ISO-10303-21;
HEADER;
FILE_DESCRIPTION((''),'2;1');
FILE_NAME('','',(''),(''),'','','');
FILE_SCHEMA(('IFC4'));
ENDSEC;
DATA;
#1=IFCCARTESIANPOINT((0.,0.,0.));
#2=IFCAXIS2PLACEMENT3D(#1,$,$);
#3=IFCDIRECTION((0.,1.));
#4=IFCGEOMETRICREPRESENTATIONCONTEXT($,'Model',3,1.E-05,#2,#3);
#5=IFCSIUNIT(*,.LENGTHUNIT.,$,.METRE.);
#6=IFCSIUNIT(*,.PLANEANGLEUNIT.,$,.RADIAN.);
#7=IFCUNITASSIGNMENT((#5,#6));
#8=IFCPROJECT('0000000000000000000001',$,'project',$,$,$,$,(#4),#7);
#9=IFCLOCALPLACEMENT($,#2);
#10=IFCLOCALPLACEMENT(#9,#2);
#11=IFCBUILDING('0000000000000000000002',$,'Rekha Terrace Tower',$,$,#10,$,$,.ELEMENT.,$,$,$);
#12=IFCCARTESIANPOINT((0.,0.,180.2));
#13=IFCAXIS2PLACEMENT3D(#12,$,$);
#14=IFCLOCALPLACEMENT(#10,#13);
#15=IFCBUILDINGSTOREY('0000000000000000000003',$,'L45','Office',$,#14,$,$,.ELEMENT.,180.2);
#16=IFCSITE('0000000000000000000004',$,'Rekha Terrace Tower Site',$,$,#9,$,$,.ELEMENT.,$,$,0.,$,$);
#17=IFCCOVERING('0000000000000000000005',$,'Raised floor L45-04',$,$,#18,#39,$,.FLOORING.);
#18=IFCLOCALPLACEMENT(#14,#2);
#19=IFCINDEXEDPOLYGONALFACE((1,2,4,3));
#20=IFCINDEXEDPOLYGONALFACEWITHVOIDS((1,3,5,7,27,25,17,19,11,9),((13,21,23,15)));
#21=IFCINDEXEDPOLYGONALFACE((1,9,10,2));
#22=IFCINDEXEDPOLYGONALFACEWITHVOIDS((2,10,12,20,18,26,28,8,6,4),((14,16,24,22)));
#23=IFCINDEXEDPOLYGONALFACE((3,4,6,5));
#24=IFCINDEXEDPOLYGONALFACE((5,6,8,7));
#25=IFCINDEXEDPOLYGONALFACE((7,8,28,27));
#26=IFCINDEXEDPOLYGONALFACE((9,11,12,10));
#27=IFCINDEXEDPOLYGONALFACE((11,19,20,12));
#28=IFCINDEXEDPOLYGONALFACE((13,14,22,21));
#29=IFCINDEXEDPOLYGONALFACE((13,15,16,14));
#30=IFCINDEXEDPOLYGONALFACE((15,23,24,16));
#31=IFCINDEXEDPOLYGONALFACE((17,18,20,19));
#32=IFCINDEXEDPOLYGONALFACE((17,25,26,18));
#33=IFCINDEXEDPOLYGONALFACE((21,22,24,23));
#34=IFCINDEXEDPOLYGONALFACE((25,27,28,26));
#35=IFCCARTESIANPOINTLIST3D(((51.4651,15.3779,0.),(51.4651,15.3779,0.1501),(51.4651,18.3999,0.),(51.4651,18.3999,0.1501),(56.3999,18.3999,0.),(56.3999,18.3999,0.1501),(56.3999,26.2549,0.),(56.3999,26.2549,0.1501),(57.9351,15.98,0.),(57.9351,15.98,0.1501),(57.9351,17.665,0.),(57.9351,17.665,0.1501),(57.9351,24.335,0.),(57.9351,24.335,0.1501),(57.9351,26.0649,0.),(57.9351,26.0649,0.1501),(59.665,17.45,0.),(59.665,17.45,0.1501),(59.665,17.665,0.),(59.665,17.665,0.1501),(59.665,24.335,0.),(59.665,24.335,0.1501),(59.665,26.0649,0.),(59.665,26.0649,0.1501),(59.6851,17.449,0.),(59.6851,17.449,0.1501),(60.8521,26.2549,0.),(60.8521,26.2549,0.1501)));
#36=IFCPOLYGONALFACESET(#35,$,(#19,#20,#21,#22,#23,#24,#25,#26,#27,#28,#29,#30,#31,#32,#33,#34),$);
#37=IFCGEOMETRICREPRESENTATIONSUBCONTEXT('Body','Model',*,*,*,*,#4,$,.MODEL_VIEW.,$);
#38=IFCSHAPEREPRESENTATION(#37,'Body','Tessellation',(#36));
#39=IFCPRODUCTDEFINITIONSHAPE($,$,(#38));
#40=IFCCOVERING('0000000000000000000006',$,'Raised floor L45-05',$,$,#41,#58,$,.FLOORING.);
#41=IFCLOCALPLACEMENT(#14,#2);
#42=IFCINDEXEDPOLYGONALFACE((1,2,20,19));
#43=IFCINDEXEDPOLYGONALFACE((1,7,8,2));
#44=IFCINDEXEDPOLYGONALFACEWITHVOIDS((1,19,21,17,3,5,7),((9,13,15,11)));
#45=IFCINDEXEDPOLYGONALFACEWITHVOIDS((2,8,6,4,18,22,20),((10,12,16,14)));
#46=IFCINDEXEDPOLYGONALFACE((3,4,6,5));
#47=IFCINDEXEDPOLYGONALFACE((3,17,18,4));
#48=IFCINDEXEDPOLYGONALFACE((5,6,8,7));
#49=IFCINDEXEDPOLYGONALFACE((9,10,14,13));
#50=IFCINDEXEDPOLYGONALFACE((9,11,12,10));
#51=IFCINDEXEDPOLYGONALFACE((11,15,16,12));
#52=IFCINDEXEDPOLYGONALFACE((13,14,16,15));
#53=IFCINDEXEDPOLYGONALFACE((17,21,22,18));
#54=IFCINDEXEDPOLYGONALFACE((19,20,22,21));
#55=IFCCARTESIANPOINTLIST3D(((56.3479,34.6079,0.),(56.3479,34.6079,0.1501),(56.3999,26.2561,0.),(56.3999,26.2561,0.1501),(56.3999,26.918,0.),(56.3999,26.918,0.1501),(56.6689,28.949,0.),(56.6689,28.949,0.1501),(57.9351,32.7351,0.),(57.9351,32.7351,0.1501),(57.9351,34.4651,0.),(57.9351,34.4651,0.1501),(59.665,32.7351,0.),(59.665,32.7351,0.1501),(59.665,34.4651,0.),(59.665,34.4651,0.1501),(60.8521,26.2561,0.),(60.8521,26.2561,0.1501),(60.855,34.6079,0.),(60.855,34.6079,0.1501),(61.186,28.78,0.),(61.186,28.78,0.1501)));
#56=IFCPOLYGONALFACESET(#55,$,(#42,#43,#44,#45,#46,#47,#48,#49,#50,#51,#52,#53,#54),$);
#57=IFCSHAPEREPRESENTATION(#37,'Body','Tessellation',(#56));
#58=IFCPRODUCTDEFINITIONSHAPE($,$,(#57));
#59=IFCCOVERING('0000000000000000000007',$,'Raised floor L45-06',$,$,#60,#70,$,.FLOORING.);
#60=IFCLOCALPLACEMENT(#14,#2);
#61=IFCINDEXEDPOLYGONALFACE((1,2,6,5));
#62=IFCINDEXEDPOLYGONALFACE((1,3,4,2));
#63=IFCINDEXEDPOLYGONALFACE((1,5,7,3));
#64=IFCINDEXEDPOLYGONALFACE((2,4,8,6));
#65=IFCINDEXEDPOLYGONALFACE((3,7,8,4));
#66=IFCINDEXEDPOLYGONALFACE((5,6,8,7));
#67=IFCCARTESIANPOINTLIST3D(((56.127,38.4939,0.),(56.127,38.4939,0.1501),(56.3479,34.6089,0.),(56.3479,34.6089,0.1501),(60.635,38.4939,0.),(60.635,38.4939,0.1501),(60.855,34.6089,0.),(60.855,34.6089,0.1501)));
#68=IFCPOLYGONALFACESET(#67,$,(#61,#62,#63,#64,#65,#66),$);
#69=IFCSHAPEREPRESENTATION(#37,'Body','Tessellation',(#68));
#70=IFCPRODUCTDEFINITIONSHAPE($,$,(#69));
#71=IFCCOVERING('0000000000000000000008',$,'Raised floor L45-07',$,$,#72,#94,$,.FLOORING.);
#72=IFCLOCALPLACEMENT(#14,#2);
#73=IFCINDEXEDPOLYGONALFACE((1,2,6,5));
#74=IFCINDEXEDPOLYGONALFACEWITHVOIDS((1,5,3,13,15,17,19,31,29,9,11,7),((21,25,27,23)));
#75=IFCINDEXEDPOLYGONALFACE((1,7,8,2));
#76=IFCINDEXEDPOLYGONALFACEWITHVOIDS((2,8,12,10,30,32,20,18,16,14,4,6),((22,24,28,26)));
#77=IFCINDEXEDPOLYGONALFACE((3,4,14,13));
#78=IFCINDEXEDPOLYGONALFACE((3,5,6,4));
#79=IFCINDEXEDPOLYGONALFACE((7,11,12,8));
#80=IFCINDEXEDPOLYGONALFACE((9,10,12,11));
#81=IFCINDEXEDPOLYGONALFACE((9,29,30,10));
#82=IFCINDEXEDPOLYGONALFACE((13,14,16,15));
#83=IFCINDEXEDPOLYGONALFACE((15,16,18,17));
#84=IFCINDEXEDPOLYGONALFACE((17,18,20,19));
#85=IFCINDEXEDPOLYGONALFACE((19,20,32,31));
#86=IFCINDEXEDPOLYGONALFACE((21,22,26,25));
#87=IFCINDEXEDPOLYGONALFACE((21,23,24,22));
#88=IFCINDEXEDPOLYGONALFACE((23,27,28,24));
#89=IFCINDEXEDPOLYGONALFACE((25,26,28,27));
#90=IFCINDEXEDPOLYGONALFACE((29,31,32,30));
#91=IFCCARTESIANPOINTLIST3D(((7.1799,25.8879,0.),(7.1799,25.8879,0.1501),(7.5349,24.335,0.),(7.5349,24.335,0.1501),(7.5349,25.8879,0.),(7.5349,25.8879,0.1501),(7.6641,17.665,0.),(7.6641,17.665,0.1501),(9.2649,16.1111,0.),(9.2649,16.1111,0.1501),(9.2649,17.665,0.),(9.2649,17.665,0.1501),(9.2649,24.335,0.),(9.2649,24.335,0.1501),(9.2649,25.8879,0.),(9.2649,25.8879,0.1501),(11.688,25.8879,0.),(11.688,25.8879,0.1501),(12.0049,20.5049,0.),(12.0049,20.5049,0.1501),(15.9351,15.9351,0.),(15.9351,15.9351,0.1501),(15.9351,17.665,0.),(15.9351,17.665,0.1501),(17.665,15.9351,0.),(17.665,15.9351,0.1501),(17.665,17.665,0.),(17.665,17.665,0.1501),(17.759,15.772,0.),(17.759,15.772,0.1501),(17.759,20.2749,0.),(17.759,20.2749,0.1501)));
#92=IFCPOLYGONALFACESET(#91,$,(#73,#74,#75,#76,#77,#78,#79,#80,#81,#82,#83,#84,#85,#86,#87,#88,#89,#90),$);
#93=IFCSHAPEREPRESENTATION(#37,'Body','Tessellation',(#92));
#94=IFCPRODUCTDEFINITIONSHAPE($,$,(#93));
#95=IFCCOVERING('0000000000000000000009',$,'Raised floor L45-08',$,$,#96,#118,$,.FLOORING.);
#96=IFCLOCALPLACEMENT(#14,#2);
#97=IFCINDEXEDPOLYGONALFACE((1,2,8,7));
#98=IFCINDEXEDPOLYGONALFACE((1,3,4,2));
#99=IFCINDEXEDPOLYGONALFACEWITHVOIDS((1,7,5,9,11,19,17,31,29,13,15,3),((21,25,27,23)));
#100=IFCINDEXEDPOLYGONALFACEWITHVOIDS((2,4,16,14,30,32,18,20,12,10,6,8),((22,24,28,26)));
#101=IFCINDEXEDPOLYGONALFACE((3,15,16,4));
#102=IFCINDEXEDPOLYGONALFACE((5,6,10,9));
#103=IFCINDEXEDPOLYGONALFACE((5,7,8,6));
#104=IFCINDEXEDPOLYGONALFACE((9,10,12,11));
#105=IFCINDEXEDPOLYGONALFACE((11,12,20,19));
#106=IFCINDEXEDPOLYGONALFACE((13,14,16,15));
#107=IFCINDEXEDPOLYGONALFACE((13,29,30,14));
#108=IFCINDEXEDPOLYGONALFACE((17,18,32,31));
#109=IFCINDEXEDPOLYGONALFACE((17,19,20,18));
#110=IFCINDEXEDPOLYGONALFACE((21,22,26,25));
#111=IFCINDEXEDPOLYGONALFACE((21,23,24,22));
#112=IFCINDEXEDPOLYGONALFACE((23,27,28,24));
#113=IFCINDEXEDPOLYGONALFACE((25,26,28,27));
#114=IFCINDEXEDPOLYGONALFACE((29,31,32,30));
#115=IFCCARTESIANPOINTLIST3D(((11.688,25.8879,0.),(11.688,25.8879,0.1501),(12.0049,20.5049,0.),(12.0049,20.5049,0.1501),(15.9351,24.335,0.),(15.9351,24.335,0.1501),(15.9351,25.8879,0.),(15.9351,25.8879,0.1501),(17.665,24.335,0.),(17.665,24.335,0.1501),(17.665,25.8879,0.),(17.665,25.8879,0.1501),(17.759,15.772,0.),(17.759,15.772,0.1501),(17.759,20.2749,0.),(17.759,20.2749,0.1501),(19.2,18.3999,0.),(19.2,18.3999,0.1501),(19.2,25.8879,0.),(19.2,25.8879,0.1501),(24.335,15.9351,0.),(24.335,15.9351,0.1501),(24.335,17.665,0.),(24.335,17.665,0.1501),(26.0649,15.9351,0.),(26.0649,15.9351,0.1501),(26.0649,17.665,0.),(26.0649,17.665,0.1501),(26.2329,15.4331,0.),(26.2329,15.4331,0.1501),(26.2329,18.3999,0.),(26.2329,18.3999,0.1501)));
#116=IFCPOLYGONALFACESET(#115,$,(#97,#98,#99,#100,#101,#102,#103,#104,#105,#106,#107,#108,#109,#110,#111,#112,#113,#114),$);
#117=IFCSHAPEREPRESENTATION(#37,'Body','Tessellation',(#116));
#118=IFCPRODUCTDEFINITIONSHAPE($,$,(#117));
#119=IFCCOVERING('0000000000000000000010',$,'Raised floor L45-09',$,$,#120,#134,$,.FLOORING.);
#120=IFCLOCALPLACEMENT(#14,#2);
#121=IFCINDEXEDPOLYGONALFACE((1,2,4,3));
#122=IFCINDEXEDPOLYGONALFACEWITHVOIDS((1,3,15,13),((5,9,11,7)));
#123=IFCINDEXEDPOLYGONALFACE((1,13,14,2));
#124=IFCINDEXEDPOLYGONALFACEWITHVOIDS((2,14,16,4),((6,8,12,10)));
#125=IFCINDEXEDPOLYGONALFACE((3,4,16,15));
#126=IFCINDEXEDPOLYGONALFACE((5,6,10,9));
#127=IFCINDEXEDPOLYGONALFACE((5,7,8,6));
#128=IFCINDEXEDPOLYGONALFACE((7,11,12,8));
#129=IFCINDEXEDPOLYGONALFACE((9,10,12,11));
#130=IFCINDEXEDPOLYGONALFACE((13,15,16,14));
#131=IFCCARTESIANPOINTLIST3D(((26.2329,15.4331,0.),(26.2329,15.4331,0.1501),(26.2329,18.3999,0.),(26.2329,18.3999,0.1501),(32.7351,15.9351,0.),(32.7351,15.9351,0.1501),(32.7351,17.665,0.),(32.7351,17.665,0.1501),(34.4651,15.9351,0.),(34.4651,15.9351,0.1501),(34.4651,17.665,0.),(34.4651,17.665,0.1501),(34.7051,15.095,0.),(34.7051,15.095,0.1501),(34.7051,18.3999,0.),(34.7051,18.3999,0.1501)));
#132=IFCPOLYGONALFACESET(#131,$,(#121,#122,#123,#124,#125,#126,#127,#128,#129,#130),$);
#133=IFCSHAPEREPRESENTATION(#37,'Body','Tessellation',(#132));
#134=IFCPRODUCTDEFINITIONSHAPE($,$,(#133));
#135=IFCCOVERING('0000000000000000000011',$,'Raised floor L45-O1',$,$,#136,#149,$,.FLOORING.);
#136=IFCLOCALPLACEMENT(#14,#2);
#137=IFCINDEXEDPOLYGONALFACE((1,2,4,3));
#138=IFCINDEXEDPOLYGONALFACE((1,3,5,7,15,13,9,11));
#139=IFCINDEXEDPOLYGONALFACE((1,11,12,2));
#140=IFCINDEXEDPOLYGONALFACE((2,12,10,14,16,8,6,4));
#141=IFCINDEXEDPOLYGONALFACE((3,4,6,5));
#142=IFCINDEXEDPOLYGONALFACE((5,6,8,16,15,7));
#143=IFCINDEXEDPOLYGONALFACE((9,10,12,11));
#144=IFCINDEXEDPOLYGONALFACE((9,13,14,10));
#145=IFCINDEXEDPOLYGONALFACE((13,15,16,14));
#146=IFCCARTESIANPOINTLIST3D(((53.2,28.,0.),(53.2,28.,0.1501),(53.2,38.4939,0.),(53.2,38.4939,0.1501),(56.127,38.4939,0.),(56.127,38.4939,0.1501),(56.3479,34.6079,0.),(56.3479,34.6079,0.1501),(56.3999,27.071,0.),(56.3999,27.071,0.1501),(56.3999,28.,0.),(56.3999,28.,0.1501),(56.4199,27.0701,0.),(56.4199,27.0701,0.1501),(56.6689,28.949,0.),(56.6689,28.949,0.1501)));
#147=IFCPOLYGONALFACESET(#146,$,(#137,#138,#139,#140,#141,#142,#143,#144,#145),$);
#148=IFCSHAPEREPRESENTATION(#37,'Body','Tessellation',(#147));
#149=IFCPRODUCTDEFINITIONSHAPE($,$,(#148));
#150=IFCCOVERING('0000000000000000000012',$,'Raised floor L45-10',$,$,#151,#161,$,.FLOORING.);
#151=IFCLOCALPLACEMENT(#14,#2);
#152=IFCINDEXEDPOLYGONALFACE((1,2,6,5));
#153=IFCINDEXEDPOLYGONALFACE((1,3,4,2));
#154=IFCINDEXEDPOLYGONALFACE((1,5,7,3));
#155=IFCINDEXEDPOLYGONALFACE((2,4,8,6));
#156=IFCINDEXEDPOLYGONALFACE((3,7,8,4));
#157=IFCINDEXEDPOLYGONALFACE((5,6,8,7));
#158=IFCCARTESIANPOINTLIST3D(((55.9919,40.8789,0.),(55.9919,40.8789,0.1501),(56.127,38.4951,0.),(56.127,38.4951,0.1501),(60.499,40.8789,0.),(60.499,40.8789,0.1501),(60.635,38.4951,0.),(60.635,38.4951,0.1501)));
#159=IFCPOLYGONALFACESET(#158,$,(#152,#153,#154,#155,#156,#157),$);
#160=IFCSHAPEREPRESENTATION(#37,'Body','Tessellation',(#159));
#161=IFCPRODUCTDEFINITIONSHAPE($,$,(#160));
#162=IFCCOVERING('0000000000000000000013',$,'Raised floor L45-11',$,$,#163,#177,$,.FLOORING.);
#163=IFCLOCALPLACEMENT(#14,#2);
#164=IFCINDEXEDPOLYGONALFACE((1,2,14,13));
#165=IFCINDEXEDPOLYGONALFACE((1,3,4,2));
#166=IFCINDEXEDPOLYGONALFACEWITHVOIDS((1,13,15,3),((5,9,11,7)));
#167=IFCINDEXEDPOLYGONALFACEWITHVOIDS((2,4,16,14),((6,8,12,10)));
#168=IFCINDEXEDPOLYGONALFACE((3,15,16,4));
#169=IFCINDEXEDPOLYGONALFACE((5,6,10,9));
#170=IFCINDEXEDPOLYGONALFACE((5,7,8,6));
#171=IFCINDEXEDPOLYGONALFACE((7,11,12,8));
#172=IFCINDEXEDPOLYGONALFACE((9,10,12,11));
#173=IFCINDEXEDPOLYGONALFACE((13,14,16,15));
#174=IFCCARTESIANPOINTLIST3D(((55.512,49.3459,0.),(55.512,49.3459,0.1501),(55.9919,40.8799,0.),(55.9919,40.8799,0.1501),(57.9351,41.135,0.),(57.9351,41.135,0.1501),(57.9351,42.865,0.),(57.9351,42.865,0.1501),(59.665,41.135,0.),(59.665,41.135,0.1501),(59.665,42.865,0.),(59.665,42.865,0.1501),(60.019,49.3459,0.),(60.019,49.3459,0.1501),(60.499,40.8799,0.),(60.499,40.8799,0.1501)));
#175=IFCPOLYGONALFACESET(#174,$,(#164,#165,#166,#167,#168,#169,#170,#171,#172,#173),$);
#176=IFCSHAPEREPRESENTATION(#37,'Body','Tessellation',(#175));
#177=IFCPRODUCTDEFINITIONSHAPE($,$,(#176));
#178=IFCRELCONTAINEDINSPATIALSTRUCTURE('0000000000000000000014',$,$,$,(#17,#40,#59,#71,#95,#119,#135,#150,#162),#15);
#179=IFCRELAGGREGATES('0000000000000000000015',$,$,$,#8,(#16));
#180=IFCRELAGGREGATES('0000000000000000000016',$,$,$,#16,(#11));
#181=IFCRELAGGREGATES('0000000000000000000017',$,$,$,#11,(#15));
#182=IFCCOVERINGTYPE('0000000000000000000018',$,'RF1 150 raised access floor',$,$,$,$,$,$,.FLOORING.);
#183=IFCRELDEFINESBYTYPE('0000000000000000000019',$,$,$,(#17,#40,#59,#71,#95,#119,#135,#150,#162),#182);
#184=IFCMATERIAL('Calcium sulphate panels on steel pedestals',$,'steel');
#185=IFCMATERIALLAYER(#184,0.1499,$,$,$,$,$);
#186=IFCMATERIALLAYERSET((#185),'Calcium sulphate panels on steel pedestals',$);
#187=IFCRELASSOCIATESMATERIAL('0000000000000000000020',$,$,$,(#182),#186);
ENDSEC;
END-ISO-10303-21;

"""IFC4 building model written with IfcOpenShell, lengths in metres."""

from ifc_helpers import new_model, si_unit, direction, frame, origin, place, context, subcontext, project, spatial, polyline, outline, extrude, material, layer, layer_set, type_object, element, save


model = new_model("IFC4")

# Units and contexts
model_context = context("Model", 3, precision=1e-05, world=origin(), true_north=direction((0.0, 1.0)))
body_context = subcontext(model_context, "Body", "Model", "MODEL_VIEW")
ifc_project = project(units=[si_unit("LENGTHUNIT", "METRE"), si_unit("PLANEANGLEUNIT", "RADIAN")], contexts=[model_context])

# Site, building, storey
site_placement = place(None, origin())
site = spatial("IfcSite", under=ifc_project, at=site_placement, Name="Rekha Terrace Tower Site", CompositionType="ELEMENT", RefElevation=0.0)
building_placement = place(site_placement, origin())
building = spatial("IfcBuilding", under=site, at=building_placement, Name="Rekha Terrace Tower", CompositionType="ELEMENT")
storey_placement = place(building_placement, frame((0.0, 0.0, 180.2)))
storey = spatial("IfcBuildingStorey", under=building, at=storey_placement, Name="L45", Description="Office", CompositionType="ELEMENT", Elevation=180.2)

# Coverings
ifc_material_1 = material(Name="Calcium sulphate panels on steel pedestals", Category="steel")
ifc_layer_1 = layer(ifc_material_1, 0.1499)
ifc_layer_set_1 = layer_set([ifc_layer_1], Name="Calcium sulphate panels on steel pedestals")
covering_type_1 = type_object("IfcCoveringType", Name="RF1 150 raised access floor", PredefinedType="FLOORING", material=ifc_layer_set_1)
covering_1_placement = place(storey_placement, origin())
element("IfcCovering", 1, at=covering_1_placement, inside=storey, type_object=covering_type_1, Name="Raised floor L45-04", PredefinedType="FLOORING", context=body_context, shape_type="SweptSolid", body=[
    extrude(outline(polyline([(56.3999, 26.2549), (56.3999, 18.3999), (51.4651, 18.3999), (51.4651, 15.3779), (57.9351, 15.98), (57.9351, 17.665), (59.665, 17.665), (59.665, 17.45), (59.6851, 17.449), (60.8521, 26.2549), (56.3999, 26.2549)]), holes=[polyline([(59.665, 24.335), (57.9351, 24.335), (57.9351, 26.0649), (59.665, 26.0649), (59.665, 24.335)])]), origin(), (0.0, 0.0, 1.0), 0.1501),
])
covering_2_placement = place(storey_placement, origin())
element("IfcCovering", 2, at=covering_2_placement, inside=storey, type_object=covering_type_1, Name="Raised floor L45-05", PredefinedType="FLOORING", context=body_context, shape_type="SweptSolid", body=[
    extrude(outline(polyline([(60.855, 34.6079), (56.3479, 34.6079), (56.6689, 28.949), (56.3999, 26.918), (56.3999, 26.2561), (60.8521, 26.2561), (61.186, 28.78), (60.855, 34.6079)]), holes=[polyline([(59.665, 34.4651), (59.665, 32.7351), (57.9351, 32.7351), (57.9351, 34.4651), (59.665, 34.4651)])]), origin(), (0.0, 0.0, 1.0), 0.1501),
])
covering_3_placement = place(storey_placement, origin())
element("IfcCovering", 3, at=covering_3_placement, inside=storey, type_object=covering_type_1, Name="Raised floor L45-06", PredefinedType="FLOORING", context=body_context, shape_type="SweptSolid", body=[
    extrude(outline(polyline([(56.3479, 34.6089), (60.855, 34.6089), (60.635, 38.4939), (56.127, 38.4939), (56.3479, 34.6089)])), origin(), (0.0, 0.0, 1.0), 0.1501),
])
covering_4_placement = place(storey_placement, origin())
element("IfcCovering", 4, at=covering_4_placement, inside=storey, type_object=covering_type_1, Name="Raised floor L45-07", PredefinedType="FLOORING", context=body_context, shape_type="SweptSolid", body=[
    extrude(outline(polyline([(7.5349, 24.335), (7.5349, 25.8879), (7.1799, 25.8879), (7.6641, 17.665), (9.2649, 17.665), (9.2649, 16.1111), (17.759, 15.772), (17.759, 20.2749), (12.0049, 20.5049), (11.688, 25.8879), (9.2649, 25.8879), (9.2649, 24.335), (7.5349, 24.335)]), holes=[polyline([(17.665, 17.665), (17.665, 15.9351), (15.9351, 15.9351), (15.9351, 17.665), (17.665, 17.665)])]), origin(), (0.0, 0.0, 1.0), 0.1501),
])
covering_5_placement = place(storey_placement, origin())
element("IfcCovering", 5, at=covering_5_placement, inside=storey, type_object=covering_type_1, Name="Raised floor L45-08", PredefinedType="FLOORING", context=body_context, shape_type="SweptSolid", body=[
    extrude(outline(polyline([(17.759, 15.772), (26.2329, 15.4331), (26.2329, 18.3999), (19.2, 18.3999), (19.2, 25.8879), (17.665, 25.8879), (17.665, 24.335), (15.9351, 24.335), (15.9351, 25.8879), (11.688, 25.8879), (12.0049, 20.5049), (17.759, 20.2749), (17.759, 15.772)]), holes=[polyline([(26.0649, 17.665), (26.0649, 15.9351), (24.335, 15.9351), (24.335, 17.665), (26.0649, 17.665)])]), origin(), (0.0, 0.0, 1.0), 0.1501),
])
covering_6_placement = place(storey_placement, origin())
element("IfcCovering", 6, at=covering_6_placement, inside=storey, type_object=covering_type_1, Name="Raised floor L45-09", PredefinedType="FLOORING", context=body_context, shape_type="SweptSolid", body=[
    extrude(outline(polyline([(34.7051, 15.095), (34.7051, 18.3999), (26.2329, 18.3999), (26.2329, 15.4331), (34.7051, 15.095)]), holes=[polyline([(34.4651, 15.9351), (32.7351, 15.9351), (32.7351, 17.665), (34.4651, 17.665), (34.4651, 15.9351)])]), origin(), (0.0, 0.0, 1.0), 0.1501),
])
covering_7_placement = place(storey_placement, origin())
element("IfcCovering", 7, at=covering_7_placement, inside=storey, type_object=covering_type_1, Name="Raised floor L45-O1", PredefinedType="FLOORING", context=body_context, shape_type="SweptSolid", body=[
    extrude(outline(polyline([(56.6689, 28.949), (56.3479, 34.6079), (56.127, 38.4939), (53.2, 38.4939), (53.2, 28.0), (56.3999, 28.0), (56.3999, 27.071), (56.4199, 27.0701), (56.6689, 28.949)])), origin(), (0.0, 0.0, 1.0), 0.1501),
])
covering_8_placement = place(storey_placement, origin())
element("IfcCovering", 8, at=covering_8_placement, inside=storey, type_object=covering_type_1, Name="Raised floor L45-10", PredefinedType="FLOORING", context=body_context, shape_type="SweptSolid", body=[
    extrude(outline(polyline([(60.499, 40.8789), (55.9919, 40.8789), (56.127, 38.4951), (60.635, 38.4951), (60.499, 40.8789)])), origin(), (0.0, 0.0, 1.0), 0.1501),
])
covering_9_placement = place(storey_placement, origin())
element("IfcCovering", 9, at=covering_9_placement, inside=storey, type_object=covering_type_1, Name="Raised floor L45-11", PredefinedType="FLOORING", context=body_context, shape_type="SweptSolid", body=[
    extrude(outline(polyline([(60.019, 49.3459), (55.512, 49.3459), (55.9919, 40.8799), (60.499, 40.8799), (60.019, 49.3459)]), holes=[polyline([(59.665, 41.135), (57.9351, 41.135), (57.9351, 42.865), (59.665, 42.865), (59.665, 41.135)])]), origin(), (0.0, 0.0, 1.0), 0.1501),
])

save(model, "model.ifc")
